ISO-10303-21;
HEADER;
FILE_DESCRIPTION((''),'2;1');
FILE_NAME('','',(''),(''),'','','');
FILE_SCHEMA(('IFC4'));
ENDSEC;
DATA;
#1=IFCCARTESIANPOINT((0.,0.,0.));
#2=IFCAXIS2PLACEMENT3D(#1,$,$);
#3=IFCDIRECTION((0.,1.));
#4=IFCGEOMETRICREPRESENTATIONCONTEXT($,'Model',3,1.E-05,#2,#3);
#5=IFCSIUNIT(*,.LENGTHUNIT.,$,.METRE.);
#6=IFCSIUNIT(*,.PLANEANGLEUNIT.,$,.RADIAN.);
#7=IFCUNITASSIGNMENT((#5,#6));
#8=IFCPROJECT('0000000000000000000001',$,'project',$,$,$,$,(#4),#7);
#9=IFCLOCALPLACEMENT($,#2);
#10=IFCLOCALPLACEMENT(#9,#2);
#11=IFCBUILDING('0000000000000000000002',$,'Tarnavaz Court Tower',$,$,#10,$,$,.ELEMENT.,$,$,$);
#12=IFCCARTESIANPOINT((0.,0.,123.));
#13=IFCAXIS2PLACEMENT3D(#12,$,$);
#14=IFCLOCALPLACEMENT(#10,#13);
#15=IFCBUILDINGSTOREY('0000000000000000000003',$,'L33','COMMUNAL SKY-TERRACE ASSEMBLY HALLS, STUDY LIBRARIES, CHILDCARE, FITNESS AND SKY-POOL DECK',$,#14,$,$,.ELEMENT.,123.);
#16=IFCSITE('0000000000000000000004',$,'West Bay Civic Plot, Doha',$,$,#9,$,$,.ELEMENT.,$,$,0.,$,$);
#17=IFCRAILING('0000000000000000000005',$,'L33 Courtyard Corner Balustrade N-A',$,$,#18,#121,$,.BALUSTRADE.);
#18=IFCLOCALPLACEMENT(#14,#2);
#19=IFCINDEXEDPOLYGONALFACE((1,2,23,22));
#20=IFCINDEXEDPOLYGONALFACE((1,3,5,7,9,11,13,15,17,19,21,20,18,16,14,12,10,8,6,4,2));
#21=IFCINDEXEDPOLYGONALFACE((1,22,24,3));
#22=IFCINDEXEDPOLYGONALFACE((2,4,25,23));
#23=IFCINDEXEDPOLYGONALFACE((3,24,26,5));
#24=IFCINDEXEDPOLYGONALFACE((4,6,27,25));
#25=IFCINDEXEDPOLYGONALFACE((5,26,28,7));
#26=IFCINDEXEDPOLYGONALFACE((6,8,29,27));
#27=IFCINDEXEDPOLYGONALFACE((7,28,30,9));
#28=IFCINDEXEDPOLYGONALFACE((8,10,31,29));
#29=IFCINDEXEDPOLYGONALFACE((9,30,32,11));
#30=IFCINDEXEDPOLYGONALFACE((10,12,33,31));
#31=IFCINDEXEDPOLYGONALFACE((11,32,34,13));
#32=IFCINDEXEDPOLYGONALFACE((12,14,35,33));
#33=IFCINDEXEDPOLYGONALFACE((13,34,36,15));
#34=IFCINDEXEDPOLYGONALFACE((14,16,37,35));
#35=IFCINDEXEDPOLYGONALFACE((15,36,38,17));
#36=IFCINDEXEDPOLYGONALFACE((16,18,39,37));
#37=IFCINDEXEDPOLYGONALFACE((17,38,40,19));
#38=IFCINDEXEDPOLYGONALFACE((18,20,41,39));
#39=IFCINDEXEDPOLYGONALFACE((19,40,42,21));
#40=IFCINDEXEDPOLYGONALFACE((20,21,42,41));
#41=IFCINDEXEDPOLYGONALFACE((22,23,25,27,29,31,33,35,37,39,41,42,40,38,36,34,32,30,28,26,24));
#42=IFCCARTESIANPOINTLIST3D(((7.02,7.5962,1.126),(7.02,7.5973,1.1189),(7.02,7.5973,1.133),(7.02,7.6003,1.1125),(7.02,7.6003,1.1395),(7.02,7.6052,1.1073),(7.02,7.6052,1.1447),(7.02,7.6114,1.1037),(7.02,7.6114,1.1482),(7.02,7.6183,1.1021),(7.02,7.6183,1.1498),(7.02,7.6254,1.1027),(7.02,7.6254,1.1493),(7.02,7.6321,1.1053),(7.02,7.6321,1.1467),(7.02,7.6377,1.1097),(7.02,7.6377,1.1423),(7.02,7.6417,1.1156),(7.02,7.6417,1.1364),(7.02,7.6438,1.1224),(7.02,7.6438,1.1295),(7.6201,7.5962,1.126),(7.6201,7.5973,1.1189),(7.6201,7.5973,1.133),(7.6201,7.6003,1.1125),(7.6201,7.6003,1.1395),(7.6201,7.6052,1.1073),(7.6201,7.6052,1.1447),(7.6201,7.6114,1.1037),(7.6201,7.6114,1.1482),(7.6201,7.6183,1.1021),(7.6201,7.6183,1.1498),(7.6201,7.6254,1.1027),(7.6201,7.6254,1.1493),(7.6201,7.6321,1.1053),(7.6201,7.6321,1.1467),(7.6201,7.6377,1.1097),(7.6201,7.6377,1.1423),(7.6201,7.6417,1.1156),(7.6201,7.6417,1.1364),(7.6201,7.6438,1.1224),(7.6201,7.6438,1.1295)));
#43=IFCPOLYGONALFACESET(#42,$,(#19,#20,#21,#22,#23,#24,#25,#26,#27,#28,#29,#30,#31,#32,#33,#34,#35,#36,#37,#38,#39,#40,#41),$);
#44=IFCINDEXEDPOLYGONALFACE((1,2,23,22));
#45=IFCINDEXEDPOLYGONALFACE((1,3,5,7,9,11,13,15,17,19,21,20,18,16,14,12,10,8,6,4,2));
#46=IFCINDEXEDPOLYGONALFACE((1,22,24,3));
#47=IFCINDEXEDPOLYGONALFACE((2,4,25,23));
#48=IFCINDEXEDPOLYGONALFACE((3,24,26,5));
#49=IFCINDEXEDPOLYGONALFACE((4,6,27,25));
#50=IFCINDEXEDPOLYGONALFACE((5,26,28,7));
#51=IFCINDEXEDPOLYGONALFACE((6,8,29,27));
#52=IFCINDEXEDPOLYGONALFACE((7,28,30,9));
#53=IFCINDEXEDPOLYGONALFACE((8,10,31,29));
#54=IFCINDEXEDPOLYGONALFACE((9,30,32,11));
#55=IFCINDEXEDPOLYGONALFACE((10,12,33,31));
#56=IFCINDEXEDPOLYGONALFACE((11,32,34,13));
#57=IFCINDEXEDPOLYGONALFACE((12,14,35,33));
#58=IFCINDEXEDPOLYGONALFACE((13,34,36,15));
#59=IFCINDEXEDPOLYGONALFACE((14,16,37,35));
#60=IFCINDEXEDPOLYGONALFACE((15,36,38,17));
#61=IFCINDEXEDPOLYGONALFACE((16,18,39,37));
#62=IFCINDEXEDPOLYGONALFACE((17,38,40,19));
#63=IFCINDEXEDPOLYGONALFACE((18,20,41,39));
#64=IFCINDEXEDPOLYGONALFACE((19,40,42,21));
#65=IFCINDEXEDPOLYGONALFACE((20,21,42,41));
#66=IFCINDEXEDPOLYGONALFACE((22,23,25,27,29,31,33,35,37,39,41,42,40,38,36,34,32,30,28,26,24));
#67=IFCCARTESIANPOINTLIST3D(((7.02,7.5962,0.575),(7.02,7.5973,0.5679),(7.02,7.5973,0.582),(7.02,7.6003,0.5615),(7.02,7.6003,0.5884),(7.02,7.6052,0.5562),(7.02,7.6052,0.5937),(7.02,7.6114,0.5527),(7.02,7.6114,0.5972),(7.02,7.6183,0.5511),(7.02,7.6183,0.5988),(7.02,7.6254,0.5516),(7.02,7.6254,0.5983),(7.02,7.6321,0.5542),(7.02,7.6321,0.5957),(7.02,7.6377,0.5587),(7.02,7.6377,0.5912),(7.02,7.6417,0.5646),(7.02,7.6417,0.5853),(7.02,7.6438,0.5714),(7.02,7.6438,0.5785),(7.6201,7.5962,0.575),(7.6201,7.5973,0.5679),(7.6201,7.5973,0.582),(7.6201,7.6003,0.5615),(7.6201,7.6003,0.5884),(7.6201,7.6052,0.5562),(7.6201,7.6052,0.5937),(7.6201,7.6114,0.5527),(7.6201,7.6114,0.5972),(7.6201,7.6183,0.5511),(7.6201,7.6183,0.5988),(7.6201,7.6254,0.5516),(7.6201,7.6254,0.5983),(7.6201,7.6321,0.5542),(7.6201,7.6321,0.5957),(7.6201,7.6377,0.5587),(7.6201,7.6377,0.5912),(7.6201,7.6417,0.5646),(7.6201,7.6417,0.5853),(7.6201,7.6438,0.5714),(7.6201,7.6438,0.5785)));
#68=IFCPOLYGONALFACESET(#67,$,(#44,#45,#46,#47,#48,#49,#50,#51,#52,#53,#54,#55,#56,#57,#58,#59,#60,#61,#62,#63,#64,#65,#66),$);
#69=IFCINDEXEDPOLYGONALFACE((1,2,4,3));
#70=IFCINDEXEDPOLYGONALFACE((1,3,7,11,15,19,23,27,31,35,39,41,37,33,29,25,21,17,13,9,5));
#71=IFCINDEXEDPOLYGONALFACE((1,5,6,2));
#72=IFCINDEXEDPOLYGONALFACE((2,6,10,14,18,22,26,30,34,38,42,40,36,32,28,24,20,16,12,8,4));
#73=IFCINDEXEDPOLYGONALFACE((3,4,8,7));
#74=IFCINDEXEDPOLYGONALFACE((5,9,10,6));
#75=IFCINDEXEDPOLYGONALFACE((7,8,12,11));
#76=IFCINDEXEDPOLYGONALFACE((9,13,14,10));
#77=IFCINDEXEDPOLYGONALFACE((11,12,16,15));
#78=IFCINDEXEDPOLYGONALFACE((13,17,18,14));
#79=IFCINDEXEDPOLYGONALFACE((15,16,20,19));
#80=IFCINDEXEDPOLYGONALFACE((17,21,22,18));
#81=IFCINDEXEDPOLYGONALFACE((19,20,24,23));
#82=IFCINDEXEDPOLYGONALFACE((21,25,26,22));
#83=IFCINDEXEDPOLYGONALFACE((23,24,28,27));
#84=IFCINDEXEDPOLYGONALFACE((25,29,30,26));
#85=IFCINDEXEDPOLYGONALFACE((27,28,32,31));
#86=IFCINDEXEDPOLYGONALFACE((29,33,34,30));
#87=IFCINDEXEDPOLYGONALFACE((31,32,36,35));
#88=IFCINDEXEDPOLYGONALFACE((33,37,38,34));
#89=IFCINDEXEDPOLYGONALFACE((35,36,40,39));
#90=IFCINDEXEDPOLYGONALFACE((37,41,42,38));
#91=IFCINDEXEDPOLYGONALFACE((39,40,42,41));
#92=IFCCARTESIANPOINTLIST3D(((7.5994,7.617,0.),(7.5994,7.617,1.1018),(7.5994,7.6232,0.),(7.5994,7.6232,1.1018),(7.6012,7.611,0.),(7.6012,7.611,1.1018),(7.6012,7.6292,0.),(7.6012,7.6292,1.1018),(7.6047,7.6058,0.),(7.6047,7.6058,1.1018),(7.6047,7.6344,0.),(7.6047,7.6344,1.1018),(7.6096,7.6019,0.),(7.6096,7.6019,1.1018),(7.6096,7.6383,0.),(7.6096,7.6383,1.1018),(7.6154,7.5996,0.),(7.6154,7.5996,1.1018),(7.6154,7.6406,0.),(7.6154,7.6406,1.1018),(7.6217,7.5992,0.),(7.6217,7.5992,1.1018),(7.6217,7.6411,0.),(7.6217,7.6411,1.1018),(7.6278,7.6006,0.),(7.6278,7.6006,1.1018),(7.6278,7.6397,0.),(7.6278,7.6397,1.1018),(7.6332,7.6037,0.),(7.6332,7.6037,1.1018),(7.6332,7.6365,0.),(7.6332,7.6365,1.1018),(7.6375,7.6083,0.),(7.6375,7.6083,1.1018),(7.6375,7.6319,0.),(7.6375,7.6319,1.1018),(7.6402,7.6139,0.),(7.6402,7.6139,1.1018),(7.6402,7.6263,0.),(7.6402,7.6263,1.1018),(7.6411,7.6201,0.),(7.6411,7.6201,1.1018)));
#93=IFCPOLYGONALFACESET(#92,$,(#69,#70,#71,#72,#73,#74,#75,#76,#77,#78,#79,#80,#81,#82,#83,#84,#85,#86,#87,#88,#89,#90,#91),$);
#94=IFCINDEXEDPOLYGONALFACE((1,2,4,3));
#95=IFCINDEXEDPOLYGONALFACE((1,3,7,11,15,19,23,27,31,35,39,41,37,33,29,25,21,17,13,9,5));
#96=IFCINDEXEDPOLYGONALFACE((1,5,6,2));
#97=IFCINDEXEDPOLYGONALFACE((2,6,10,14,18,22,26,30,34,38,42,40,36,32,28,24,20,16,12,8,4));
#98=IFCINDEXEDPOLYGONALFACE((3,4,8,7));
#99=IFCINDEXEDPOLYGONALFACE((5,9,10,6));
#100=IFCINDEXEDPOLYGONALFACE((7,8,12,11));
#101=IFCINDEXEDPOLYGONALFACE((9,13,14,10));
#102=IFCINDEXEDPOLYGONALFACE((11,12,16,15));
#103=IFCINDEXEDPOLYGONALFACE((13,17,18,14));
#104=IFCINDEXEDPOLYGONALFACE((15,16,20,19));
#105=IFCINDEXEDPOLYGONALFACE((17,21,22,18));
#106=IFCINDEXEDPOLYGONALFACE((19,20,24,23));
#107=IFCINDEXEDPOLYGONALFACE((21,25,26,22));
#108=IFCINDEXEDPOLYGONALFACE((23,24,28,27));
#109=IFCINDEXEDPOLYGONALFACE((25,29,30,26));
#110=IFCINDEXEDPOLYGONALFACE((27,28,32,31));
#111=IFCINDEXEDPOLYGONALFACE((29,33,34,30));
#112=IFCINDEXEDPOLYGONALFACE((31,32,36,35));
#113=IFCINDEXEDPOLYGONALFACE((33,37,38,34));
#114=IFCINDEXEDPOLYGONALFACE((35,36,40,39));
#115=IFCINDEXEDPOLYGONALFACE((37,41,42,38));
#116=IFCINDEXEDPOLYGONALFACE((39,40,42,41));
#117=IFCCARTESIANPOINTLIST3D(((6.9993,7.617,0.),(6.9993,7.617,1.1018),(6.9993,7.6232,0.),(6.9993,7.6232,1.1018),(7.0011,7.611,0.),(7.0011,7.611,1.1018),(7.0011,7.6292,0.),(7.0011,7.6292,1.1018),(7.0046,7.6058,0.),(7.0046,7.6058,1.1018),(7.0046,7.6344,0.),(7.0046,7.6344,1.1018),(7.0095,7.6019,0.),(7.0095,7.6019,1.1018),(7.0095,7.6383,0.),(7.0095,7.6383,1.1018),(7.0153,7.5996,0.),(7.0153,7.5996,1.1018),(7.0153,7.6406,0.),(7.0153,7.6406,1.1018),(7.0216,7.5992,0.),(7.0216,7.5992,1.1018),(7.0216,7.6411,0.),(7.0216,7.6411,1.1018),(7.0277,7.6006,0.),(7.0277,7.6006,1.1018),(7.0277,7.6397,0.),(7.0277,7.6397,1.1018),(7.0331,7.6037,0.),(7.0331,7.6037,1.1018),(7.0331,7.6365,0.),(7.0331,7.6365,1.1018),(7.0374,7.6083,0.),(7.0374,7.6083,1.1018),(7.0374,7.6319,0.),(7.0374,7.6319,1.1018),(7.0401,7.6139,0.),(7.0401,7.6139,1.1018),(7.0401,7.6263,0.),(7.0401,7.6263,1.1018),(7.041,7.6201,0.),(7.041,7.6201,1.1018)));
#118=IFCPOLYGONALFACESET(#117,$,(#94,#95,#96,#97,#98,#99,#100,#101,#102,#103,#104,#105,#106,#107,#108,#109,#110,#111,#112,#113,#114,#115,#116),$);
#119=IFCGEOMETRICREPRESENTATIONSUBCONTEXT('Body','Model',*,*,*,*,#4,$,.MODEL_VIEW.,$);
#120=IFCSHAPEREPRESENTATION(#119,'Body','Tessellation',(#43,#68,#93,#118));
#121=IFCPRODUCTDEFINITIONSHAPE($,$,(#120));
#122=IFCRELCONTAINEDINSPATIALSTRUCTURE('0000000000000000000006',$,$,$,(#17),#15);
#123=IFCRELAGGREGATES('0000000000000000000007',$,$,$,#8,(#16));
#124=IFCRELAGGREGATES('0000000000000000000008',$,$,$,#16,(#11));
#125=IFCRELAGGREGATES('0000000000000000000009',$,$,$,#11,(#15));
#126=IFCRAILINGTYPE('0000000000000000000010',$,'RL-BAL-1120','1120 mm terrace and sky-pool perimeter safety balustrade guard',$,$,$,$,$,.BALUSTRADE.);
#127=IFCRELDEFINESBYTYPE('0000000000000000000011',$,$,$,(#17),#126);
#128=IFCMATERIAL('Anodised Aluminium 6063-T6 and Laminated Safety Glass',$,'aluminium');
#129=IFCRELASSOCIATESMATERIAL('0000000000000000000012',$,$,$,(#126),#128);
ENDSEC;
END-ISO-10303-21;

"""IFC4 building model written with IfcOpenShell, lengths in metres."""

from ifc_helpers import new_model, si_unit, direction, frame, origin, origin_2d, place, context, subcontext, project, spatial, circle, extrude, material, type_object, element, save


model = new_model("IFC4")

# Units and contexts
model_context = context("Model", 3, precision=1e-05, world=origin(), true_north=direction((0.0, 1.0)))
body_context = subcontext(model_context, "Body", "Model", "MODEL_VIEW")
ifc_project = project(units=[si_unit("LENGTHUNIT", "METRE"), si_unit("PLANEANGLEUNIT", "RADIAN")], contexts=[model_context])

# Site, building, storey
site_placement = place(None, origin())
site = spatial("IfcSite", under=ifc_project, at=site_placement, Name="West Bay Civic Plot, Doha", CompositionType="ELEMENT", RefElevation=0.0)
building_placement = place(site_placement, origin())
building = spatial("IfcBuilding", under=site, at=building_placement, Name="Tarnavaz Court Tower", CompositionType="ELEMENT")
storey_placement = place(building_placement, frame((0.0, 0.0, 123.0)))
storey = spatial("IfcBuildingStorey", under=building, at=storey_placement, Name="L33", Description="COMMUNAL SKY-TERRACE ASSEMBLY HALLS, STUDY LIBRARIES, CHILDCARE, FITNESS AND SKY-POOL DECK", CompositionType="ELEMENT", Elevation=123.0)

# Railing
ifc_material_1 = material(Name="Anodised Aluminium 6063-T6 and Laminated Safety Glass", Category="aluminium")
railing_type_1 = type_object("IfcRailingType", Name="RL-BAL-1120", Description="1120 mm terrace and sky-pool perimeter safety balustrade guard", PredefinedType="BALUSTRADE", material=ifc_material_1)
railing_1_placement = place(storey_placement, frame((7.6201, 7.6201, 0.0)))
element("IfcRailing", 1, at=railing_1_placement, inside=storey, type_object=railing_type_1, Name="L33 Courtyard Corner Balustrade N-A", PredefinedType="BALUSTRADE", context=body_context, shape_type="SweptSolid", body=[
    extrude(circle(Radius=0.0239, at=origin_2d()), frame((0.0, 0.0, 1.126), z_axis=(-1.0, 0.0, 0.0), x_axis=(0.0, -1.0, 0.0)), (0.0, 0.0, 1.0), 0.6001),
    extrude(circle(Radius=0.0239, at=origin_2d()), frame((0.0, 0.0, 0.575), z_axis=(-1.0, 0.0, 0.0), x_axis=(0.0, -1.0, 0.0)), (0.0, 0.0, 1.0), 0.6001),
    extrude(circle(Radius=0.021, at=origin_2d()), origin(), (0.0, 0.0, 1.0), 1.1018),
    extrude(circle(Radius=0.021, at=origin_2d()), frame((-0.6001, 0.0, 0.0)), (0.0, 0.0, 1.0), 1.1018),
])

save(model, "model.ifc")
